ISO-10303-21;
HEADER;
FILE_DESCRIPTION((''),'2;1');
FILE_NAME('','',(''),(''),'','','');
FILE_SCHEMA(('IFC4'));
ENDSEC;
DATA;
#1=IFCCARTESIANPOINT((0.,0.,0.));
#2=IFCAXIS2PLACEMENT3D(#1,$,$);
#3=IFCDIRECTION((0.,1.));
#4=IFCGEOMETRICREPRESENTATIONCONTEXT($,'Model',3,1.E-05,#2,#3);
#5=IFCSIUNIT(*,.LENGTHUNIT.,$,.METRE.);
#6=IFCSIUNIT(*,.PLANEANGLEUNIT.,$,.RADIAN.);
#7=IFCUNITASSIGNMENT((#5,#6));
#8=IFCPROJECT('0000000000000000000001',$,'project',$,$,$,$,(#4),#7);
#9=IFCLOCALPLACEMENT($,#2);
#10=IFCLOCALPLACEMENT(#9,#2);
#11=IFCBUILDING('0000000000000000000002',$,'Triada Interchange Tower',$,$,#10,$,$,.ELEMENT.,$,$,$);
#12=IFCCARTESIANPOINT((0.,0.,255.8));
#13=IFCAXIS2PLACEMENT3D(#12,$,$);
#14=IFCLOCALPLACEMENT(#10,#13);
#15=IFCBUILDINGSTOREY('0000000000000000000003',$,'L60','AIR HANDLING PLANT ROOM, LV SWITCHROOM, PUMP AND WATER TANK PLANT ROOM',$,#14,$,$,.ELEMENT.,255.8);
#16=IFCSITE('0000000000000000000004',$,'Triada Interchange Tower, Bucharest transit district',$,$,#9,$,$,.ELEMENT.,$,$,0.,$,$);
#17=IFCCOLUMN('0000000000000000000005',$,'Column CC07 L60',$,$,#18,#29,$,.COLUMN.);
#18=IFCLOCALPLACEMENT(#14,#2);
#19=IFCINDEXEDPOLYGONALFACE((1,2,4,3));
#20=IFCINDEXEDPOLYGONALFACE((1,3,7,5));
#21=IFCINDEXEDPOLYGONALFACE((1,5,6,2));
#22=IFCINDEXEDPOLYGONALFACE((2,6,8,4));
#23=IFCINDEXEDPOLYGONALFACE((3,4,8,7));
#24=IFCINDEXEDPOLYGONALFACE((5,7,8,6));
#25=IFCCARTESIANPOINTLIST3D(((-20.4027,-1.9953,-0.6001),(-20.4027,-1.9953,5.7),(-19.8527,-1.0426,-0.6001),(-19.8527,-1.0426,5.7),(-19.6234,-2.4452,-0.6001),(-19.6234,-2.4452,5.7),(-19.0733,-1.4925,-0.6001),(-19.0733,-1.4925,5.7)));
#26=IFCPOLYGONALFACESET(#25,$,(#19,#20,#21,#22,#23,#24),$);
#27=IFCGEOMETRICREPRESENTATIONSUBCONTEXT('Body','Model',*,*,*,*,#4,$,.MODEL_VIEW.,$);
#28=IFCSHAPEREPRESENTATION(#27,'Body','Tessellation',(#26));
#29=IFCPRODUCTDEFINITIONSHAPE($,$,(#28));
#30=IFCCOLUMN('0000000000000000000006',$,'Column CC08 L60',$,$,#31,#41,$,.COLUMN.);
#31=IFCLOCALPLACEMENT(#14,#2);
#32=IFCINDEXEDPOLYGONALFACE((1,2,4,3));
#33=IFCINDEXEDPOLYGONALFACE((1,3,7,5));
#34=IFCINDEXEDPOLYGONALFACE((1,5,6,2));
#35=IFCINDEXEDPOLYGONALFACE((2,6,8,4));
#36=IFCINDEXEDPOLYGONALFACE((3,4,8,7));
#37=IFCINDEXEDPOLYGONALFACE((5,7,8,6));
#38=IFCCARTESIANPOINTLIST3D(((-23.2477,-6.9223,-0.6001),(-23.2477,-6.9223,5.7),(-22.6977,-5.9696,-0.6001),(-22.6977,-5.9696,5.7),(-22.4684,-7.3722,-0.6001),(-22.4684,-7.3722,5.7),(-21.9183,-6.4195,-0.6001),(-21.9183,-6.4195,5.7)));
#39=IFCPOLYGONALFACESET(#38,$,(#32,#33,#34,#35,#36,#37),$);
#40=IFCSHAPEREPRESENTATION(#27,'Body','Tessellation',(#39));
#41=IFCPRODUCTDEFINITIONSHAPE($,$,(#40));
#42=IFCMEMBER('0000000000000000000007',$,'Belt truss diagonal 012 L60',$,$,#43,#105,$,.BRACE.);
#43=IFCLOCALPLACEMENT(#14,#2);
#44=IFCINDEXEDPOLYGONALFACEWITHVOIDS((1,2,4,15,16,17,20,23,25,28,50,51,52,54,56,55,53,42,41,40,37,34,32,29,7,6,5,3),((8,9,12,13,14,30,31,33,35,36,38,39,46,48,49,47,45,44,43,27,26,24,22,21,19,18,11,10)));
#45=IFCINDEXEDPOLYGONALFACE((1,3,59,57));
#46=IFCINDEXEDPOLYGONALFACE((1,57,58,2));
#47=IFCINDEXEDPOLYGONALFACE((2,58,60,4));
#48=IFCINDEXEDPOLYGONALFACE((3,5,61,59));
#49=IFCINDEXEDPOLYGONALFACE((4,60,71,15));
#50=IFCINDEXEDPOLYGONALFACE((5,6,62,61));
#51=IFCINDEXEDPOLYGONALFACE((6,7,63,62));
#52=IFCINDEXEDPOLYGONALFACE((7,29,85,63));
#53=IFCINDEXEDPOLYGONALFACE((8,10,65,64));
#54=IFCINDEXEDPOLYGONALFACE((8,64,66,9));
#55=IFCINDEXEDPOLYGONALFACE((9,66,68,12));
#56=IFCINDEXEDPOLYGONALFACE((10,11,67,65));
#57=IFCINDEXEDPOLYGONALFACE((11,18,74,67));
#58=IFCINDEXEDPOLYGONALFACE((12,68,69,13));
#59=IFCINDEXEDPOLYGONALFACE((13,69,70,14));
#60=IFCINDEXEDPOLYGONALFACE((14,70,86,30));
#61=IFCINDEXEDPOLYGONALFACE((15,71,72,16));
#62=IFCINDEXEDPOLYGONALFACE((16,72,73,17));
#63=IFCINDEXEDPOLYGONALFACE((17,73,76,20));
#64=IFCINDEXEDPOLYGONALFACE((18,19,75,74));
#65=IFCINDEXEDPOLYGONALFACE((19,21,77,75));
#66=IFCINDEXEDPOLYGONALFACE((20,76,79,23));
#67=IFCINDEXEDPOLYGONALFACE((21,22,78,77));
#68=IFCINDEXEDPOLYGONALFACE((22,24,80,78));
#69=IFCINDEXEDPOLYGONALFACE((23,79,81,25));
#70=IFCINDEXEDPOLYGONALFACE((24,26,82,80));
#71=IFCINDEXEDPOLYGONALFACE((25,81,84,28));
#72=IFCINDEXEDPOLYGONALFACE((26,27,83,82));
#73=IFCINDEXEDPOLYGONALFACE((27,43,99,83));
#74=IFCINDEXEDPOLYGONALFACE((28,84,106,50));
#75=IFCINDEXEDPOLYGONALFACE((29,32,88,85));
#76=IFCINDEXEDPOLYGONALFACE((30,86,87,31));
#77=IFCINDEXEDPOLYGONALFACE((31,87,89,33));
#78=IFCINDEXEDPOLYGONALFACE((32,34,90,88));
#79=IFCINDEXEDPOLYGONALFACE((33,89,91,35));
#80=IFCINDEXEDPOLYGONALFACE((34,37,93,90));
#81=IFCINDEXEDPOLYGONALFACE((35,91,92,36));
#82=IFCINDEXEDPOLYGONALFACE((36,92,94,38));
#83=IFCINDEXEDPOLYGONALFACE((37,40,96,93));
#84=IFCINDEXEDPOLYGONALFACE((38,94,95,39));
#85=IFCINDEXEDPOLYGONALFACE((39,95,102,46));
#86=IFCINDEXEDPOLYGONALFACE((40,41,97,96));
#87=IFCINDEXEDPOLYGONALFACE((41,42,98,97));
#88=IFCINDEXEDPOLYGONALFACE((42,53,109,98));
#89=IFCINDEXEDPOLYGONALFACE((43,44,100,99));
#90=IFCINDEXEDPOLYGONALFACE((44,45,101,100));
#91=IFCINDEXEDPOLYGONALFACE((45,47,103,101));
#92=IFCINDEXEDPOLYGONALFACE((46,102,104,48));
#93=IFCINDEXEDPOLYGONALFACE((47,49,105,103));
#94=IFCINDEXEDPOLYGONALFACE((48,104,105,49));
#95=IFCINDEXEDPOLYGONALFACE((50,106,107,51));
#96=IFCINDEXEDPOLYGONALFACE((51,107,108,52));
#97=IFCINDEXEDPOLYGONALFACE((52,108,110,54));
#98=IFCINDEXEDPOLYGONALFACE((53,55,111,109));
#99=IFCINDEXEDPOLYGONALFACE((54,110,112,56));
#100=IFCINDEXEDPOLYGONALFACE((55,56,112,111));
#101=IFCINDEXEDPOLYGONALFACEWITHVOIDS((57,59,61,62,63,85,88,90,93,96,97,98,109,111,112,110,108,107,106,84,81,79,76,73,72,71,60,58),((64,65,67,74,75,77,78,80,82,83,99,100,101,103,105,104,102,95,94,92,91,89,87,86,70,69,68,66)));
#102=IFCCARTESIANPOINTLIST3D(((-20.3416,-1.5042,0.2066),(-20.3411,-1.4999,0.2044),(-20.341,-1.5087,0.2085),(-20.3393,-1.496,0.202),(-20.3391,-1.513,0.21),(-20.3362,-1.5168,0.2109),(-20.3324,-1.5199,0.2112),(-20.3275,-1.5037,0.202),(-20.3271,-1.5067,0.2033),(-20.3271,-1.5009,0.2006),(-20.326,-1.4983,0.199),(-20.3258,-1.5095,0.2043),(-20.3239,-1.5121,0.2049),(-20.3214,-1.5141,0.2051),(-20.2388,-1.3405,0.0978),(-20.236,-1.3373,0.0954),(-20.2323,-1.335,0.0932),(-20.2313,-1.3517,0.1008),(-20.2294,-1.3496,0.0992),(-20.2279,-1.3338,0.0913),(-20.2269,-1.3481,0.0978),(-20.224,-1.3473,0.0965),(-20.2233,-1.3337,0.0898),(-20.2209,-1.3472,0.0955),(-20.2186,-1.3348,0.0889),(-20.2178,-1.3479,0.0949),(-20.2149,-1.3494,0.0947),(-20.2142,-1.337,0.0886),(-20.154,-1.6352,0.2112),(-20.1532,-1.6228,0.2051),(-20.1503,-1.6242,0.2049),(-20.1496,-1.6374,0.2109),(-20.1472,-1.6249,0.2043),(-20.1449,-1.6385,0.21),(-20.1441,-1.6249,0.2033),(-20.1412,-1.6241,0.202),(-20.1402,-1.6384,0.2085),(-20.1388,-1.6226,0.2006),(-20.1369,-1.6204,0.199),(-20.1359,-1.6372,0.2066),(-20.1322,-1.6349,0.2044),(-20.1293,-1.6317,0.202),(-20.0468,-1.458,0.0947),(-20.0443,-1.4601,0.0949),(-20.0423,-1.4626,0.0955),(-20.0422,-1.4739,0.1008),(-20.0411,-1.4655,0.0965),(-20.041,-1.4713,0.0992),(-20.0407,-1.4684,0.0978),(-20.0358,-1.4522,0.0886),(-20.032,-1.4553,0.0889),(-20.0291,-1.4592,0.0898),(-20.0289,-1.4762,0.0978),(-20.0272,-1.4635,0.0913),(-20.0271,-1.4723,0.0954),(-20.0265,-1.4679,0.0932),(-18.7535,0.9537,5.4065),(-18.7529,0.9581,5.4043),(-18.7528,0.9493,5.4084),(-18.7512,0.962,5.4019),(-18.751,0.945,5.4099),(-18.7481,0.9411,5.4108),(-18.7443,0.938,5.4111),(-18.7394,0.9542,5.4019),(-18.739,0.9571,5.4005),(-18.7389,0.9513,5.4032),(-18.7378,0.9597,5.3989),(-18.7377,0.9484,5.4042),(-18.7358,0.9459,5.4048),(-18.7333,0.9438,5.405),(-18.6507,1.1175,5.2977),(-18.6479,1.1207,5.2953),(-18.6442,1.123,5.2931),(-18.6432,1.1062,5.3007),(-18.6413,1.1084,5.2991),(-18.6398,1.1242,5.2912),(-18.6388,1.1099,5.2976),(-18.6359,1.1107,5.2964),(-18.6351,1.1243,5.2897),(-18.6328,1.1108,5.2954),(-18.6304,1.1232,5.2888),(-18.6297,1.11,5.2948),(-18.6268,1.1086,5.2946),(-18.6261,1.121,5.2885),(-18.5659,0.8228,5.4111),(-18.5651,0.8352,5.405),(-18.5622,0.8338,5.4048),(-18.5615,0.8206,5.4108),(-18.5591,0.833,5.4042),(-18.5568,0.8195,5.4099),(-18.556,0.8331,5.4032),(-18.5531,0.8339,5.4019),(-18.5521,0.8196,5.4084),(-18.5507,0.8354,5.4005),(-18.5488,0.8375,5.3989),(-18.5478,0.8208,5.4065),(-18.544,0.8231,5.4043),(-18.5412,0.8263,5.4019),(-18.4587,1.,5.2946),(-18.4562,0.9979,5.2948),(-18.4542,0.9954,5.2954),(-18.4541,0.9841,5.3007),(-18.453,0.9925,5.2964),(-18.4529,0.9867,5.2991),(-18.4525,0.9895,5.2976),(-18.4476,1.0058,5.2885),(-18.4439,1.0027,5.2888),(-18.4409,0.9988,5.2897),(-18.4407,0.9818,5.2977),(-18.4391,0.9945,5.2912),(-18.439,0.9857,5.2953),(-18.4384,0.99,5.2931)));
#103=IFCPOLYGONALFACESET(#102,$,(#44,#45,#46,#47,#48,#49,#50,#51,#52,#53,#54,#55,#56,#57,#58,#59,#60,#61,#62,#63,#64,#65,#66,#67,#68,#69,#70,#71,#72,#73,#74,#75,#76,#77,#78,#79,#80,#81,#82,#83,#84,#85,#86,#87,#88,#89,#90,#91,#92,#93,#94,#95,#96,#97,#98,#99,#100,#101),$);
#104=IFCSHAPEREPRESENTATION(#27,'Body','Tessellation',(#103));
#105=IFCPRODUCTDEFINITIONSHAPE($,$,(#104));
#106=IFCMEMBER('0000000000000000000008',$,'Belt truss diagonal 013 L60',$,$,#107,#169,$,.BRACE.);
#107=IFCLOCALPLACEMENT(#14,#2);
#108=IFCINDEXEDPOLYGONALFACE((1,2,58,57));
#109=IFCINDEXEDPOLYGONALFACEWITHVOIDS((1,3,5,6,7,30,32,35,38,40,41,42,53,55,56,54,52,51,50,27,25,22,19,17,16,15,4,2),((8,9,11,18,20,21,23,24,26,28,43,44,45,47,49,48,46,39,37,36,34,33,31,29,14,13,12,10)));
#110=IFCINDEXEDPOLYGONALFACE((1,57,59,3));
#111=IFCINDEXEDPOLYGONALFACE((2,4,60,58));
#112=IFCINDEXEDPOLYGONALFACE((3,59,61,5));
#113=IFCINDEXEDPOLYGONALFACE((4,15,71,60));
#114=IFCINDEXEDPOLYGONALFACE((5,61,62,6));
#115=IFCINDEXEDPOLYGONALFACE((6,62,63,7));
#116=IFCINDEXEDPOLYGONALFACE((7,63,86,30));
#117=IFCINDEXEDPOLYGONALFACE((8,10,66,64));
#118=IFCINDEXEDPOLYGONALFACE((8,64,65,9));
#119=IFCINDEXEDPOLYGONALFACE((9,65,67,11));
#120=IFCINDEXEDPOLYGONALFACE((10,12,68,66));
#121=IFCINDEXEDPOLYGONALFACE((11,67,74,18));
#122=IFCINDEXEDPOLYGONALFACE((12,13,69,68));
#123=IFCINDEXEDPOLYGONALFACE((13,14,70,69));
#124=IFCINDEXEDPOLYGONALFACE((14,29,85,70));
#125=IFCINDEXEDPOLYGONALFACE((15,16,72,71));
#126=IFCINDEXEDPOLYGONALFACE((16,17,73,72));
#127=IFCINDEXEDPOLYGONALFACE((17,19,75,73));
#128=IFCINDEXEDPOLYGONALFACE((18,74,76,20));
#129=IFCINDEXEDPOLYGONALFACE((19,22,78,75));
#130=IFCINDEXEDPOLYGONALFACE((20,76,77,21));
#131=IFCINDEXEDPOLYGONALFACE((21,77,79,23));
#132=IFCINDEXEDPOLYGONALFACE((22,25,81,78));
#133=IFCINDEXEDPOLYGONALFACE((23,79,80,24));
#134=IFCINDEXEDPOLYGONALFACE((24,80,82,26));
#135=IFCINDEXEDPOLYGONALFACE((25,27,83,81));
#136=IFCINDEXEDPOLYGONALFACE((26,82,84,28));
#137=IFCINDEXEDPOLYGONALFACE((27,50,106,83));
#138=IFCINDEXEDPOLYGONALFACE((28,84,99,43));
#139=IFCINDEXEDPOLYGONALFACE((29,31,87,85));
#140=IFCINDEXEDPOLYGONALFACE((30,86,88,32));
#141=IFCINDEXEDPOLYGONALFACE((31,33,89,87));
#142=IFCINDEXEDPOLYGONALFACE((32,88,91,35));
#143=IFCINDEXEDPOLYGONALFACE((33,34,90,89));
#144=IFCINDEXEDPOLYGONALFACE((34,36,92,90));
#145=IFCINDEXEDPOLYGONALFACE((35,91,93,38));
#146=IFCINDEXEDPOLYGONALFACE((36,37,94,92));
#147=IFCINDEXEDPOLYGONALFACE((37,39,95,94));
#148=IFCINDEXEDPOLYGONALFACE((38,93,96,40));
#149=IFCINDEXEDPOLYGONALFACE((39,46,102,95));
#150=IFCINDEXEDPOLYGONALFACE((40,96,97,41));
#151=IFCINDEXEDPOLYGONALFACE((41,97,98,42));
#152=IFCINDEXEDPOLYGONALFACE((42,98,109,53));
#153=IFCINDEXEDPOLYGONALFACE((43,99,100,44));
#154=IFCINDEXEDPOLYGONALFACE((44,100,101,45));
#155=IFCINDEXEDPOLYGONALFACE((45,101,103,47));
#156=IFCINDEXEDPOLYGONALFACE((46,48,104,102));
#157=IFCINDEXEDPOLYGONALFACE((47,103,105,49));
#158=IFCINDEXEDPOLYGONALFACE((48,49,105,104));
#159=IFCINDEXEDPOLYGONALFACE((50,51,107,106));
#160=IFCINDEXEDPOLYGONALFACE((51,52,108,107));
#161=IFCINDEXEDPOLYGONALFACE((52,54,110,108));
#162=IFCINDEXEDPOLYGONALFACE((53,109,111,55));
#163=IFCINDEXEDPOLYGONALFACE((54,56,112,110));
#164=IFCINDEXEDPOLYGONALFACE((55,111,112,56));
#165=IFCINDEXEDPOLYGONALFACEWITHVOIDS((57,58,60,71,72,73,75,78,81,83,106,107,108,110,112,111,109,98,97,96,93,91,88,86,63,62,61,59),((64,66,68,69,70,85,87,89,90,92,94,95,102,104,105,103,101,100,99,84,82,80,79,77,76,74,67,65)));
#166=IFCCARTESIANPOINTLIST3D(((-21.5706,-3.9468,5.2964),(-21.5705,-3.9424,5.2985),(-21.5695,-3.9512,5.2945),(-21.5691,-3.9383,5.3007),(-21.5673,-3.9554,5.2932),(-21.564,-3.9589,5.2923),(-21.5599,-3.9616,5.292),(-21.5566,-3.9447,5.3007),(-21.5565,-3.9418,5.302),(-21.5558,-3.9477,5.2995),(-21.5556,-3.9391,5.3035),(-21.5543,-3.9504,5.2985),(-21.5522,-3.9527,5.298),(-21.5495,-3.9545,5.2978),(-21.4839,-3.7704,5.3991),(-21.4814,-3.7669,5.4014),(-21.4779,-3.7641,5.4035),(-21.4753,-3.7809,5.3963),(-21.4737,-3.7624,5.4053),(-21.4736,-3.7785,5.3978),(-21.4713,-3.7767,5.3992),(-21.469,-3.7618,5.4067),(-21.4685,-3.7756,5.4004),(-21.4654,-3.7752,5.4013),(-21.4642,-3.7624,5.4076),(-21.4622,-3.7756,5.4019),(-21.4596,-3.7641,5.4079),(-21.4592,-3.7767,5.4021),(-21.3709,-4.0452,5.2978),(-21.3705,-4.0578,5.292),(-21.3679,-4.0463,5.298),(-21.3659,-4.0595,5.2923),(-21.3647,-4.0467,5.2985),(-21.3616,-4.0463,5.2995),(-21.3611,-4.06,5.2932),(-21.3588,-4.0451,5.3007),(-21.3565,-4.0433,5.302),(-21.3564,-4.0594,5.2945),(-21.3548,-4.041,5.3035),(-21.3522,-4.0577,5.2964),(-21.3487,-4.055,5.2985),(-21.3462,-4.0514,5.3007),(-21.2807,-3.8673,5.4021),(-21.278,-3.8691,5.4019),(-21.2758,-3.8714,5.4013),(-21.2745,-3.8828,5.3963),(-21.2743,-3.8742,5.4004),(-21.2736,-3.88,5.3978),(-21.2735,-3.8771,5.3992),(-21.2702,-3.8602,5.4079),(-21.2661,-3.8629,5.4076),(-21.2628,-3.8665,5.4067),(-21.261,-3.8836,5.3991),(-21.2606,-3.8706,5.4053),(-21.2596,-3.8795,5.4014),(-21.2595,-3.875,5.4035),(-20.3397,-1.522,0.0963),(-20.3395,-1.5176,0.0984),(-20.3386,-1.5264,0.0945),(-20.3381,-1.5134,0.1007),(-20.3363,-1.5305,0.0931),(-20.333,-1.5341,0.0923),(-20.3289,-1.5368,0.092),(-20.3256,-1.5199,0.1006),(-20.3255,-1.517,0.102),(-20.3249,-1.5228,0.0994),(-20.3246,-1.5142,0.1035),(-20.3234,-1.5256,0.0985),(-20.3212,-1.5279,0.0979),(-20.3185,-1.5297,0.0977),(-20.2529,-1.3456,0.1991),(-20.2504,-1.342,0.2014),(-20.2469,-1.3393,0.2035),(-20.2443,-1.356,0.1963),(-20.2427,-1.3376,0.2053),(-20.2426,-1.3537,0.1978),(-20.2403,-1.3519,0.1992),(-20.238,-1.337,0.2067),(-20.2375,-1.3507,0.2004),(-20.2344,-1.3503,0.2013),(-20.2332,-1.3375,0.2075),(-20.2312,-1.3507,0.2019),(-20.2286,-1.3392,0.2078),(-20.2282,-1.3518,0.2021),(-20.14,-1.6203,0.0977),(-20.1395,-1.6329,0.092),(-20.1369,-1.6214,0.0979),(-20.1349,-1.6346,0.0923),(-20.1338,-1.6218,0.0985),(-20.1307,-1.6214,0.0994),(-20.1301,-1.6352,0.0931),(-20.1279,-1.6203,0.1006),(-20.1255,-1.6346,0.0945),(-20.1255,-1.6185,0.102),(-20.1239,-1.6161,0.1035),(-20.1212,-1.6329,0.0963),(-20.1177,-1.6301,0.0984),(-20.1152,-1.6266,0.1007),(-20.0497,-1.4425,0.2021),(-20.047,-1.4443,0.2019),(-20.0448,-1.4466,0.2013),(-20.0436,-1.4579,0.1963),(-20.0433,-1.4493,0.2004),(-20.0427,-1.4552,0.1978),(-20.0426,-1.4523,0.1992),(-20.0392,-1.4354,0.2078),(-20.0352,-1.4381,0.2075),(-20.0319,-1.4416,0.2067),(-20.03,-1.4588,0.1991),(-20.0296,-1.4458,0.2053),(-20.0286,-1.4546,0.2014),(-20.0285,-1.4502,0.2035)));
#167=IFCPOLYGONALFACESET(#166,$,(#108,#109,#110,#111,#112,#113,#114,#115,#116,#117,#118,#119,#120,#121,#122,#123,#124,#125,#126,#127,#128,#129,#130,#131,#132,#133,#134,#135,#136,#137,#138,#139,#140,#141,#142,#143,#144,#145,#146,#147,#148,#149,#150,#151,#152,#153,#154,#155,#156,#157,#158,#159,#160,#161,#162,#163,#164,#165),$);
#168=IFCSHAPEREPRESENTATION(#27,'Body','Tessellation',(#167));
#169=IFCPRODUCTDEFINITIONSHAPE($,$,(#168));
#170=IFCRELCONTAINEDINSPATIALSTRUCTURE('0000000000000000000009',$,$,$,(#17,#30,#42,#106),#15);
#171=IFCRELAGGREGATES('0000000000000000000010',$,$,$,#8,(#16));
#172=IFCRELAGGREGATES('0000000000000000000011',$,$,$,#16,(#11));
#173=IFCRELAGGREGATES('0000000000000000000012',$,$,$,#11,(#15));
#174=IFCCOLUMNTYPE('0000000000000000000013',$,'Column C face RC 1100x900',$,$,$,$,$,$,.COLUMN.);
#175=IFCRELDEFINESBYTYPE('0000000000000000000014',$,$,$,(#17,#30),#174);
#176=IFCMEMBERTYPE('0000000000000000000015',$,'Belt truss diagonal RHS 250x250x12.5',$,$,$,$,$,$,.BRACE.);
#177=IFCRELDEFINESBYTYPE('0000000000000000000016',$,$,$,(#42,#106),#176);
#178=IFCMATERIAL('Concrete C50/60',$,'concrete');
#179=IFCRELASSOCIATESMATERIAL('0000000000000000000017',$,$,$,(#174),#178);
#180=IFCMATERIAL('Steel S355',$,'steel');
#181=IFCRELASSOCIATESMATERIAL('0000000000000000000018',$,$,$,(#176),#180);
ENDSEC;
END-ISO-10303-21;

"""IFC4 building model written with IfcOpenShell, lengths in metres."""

from ifc_helpers import new_model, si_unit, direction, frame, origin, origin_2d, place, context, subcontext, project, spatial, rectangle, hollow_rectangle, extrude, material, material_profile, profile_set, type_object, element, save


model = new_model("IFC4")

# Units and contexts
model_context = context("Model", 3, precision=1e-05, world=origin(), true_north=direction((0.0, 1.0)))
body_context = subcontext(model_context, "Body", "Model", "MODEL_VIEW")
ifc_project = project(units=[si_unit("LENGTHUNIT", "METRE"), si_unit("PLANEANGLEUNIT", "RADIAN")], contexts=[model_context])

# Site, building, storey
site_placement = place(None, origin())
site = spatial("IfcSite", under=ifc_project, at=site_placement, Name="Triada Interchange Tower, Bucharest transit district", CompositionType="ELEMENT", RefElevation=0.0)
building_placement = place(site_placement, origin())
building = spatial("IfcBuilding", under=site, at=building_placement, Name="Triada Interchange Tower", CompositionType="ELEMENT")
storey_placement = place(building_placement, frame((0.0, 0.0, 255.8)))
storey = spatial("IfcBuildingStorey", under=building, at=storey_placement, Name="L60", Description="AIR HANDLING PLANT ROOM, LV SWITCHROOM, PUMP AND WATER TANK PLANT ROOM", CompositionType="ELEMENT", Elevation=255.8)

# Columns
ifc_material_1 = material(Name="Concrete C50/60", Category="concrete")
ifc_material_profile_1 = material_profile(ifc_material_1, rectangle(XDim=1.1001, YDim=0.8999, at=origin_2d()), Name="RC 1100x900")
ifc_profile_set_1 = profile_set([ifc_material_profile_1], Name="Concrete C50/60")
column_type = type_object("IfcColumnType", Name="Column C face RC 1100x900", PredefinedType="COLUMN", material=ifc_profile_set_1)
for number, where, z_axis, x_axis, name in (
    (1, (-19.738, -1.7439, -0.6001), (0.0, 0.0, 1.0), (0.5, 0.866025, 0.0), "Column CC07 L60"),
    (2, (-22.583, -6.6709, -0.6001), (0.0, 0.0, 1.0), (0.5, 0.866025, 0.0), "Column CC08 L60"),
):
    element("IfcColumn", number, at=place(storey_placement, frame(where, z_axis=z_axis, x_axis=x_axis)), inside=storey, type_object=column_type, Name=name, PredefinedType="COLUMN", context=body_context, shape_type="SweptSolid", body=[
        extrude(rectangle(XDim=1.1001, YDim=0.8999, at=origin_2d()), origin(), (0.0, 0.0, 1.0), 6.3),
    ])

# Members
ifc_material_2 = material(Name="Steel S355", Category="steel")
ifc_material_profile_2 = material_profile(ifc_material_2, hollow_rectangle(XDim=0.25, YDim=0.25, WallThickness=0.0125, InnerFilletRadius=0.0125, OuterFilletRadius=0.0188, at=origin_2d()), Name="RHS 250x250x12.5")
ifc_profile_set_2 = profile_set([ifc_material_profile_2], Name="Steel S355")
member_type_1 = type_object("IfcMemberType", Name="Belt truss diagonal RHS 250x250x12.5", PredefinedType="BRACE", material=ifc_profile_set_2)
member_1_placement = place(storey_placement, frame((-20.1841, -1.4861, 0.1499), z_axis=(0.266159, 0.411943, 0.871471), x_axis=(-0.839935, 0.542687, 0.0)))
element("IfcMember", 3, at=member_1_placement, inside=storey, type_object=member_type_1, Name="Belt truss diagonal 012 L60", PredefinedType="BRACE", context=body_context, shape_type="SweptSolid", body=[
    extrude(hollow_rectangle(XDim=0.25, YDim=0.25, WallThickness=0.0125, InnerFilletRadius=0.0125, OuterFilletRadius=0.0188, at=origin_2d()), origin(), (0.0, 0.0, 1.0), 5.9668),
])
member_2_placement = place(storey_placement, frame((-20.1841, -1.4861, 0.1499), z_axis=(-0.209771, -0.413219, 0.886141), x_axis=(0.891681, -0.452664, 0.0)))
element("IfcMember", 4, at=member_2_placement, inside=storey, type_object=member_type_1, Name="Belt truss diagonal 013 L60", PredefinedType="BRACE", context=body_context, shape_type="SweptSolid", body=[
    extrude(hollow_rectangle(XDim=0.25, YDim=0.25, WallThickness=0.0125, InnerFilletRadius=0.0125, OuterFilletRadius=0.0188, at=origin_2d()), origin(), (0.0, 0.0, 1.0), 5.8682),
])

save(model, "model.ifc")
